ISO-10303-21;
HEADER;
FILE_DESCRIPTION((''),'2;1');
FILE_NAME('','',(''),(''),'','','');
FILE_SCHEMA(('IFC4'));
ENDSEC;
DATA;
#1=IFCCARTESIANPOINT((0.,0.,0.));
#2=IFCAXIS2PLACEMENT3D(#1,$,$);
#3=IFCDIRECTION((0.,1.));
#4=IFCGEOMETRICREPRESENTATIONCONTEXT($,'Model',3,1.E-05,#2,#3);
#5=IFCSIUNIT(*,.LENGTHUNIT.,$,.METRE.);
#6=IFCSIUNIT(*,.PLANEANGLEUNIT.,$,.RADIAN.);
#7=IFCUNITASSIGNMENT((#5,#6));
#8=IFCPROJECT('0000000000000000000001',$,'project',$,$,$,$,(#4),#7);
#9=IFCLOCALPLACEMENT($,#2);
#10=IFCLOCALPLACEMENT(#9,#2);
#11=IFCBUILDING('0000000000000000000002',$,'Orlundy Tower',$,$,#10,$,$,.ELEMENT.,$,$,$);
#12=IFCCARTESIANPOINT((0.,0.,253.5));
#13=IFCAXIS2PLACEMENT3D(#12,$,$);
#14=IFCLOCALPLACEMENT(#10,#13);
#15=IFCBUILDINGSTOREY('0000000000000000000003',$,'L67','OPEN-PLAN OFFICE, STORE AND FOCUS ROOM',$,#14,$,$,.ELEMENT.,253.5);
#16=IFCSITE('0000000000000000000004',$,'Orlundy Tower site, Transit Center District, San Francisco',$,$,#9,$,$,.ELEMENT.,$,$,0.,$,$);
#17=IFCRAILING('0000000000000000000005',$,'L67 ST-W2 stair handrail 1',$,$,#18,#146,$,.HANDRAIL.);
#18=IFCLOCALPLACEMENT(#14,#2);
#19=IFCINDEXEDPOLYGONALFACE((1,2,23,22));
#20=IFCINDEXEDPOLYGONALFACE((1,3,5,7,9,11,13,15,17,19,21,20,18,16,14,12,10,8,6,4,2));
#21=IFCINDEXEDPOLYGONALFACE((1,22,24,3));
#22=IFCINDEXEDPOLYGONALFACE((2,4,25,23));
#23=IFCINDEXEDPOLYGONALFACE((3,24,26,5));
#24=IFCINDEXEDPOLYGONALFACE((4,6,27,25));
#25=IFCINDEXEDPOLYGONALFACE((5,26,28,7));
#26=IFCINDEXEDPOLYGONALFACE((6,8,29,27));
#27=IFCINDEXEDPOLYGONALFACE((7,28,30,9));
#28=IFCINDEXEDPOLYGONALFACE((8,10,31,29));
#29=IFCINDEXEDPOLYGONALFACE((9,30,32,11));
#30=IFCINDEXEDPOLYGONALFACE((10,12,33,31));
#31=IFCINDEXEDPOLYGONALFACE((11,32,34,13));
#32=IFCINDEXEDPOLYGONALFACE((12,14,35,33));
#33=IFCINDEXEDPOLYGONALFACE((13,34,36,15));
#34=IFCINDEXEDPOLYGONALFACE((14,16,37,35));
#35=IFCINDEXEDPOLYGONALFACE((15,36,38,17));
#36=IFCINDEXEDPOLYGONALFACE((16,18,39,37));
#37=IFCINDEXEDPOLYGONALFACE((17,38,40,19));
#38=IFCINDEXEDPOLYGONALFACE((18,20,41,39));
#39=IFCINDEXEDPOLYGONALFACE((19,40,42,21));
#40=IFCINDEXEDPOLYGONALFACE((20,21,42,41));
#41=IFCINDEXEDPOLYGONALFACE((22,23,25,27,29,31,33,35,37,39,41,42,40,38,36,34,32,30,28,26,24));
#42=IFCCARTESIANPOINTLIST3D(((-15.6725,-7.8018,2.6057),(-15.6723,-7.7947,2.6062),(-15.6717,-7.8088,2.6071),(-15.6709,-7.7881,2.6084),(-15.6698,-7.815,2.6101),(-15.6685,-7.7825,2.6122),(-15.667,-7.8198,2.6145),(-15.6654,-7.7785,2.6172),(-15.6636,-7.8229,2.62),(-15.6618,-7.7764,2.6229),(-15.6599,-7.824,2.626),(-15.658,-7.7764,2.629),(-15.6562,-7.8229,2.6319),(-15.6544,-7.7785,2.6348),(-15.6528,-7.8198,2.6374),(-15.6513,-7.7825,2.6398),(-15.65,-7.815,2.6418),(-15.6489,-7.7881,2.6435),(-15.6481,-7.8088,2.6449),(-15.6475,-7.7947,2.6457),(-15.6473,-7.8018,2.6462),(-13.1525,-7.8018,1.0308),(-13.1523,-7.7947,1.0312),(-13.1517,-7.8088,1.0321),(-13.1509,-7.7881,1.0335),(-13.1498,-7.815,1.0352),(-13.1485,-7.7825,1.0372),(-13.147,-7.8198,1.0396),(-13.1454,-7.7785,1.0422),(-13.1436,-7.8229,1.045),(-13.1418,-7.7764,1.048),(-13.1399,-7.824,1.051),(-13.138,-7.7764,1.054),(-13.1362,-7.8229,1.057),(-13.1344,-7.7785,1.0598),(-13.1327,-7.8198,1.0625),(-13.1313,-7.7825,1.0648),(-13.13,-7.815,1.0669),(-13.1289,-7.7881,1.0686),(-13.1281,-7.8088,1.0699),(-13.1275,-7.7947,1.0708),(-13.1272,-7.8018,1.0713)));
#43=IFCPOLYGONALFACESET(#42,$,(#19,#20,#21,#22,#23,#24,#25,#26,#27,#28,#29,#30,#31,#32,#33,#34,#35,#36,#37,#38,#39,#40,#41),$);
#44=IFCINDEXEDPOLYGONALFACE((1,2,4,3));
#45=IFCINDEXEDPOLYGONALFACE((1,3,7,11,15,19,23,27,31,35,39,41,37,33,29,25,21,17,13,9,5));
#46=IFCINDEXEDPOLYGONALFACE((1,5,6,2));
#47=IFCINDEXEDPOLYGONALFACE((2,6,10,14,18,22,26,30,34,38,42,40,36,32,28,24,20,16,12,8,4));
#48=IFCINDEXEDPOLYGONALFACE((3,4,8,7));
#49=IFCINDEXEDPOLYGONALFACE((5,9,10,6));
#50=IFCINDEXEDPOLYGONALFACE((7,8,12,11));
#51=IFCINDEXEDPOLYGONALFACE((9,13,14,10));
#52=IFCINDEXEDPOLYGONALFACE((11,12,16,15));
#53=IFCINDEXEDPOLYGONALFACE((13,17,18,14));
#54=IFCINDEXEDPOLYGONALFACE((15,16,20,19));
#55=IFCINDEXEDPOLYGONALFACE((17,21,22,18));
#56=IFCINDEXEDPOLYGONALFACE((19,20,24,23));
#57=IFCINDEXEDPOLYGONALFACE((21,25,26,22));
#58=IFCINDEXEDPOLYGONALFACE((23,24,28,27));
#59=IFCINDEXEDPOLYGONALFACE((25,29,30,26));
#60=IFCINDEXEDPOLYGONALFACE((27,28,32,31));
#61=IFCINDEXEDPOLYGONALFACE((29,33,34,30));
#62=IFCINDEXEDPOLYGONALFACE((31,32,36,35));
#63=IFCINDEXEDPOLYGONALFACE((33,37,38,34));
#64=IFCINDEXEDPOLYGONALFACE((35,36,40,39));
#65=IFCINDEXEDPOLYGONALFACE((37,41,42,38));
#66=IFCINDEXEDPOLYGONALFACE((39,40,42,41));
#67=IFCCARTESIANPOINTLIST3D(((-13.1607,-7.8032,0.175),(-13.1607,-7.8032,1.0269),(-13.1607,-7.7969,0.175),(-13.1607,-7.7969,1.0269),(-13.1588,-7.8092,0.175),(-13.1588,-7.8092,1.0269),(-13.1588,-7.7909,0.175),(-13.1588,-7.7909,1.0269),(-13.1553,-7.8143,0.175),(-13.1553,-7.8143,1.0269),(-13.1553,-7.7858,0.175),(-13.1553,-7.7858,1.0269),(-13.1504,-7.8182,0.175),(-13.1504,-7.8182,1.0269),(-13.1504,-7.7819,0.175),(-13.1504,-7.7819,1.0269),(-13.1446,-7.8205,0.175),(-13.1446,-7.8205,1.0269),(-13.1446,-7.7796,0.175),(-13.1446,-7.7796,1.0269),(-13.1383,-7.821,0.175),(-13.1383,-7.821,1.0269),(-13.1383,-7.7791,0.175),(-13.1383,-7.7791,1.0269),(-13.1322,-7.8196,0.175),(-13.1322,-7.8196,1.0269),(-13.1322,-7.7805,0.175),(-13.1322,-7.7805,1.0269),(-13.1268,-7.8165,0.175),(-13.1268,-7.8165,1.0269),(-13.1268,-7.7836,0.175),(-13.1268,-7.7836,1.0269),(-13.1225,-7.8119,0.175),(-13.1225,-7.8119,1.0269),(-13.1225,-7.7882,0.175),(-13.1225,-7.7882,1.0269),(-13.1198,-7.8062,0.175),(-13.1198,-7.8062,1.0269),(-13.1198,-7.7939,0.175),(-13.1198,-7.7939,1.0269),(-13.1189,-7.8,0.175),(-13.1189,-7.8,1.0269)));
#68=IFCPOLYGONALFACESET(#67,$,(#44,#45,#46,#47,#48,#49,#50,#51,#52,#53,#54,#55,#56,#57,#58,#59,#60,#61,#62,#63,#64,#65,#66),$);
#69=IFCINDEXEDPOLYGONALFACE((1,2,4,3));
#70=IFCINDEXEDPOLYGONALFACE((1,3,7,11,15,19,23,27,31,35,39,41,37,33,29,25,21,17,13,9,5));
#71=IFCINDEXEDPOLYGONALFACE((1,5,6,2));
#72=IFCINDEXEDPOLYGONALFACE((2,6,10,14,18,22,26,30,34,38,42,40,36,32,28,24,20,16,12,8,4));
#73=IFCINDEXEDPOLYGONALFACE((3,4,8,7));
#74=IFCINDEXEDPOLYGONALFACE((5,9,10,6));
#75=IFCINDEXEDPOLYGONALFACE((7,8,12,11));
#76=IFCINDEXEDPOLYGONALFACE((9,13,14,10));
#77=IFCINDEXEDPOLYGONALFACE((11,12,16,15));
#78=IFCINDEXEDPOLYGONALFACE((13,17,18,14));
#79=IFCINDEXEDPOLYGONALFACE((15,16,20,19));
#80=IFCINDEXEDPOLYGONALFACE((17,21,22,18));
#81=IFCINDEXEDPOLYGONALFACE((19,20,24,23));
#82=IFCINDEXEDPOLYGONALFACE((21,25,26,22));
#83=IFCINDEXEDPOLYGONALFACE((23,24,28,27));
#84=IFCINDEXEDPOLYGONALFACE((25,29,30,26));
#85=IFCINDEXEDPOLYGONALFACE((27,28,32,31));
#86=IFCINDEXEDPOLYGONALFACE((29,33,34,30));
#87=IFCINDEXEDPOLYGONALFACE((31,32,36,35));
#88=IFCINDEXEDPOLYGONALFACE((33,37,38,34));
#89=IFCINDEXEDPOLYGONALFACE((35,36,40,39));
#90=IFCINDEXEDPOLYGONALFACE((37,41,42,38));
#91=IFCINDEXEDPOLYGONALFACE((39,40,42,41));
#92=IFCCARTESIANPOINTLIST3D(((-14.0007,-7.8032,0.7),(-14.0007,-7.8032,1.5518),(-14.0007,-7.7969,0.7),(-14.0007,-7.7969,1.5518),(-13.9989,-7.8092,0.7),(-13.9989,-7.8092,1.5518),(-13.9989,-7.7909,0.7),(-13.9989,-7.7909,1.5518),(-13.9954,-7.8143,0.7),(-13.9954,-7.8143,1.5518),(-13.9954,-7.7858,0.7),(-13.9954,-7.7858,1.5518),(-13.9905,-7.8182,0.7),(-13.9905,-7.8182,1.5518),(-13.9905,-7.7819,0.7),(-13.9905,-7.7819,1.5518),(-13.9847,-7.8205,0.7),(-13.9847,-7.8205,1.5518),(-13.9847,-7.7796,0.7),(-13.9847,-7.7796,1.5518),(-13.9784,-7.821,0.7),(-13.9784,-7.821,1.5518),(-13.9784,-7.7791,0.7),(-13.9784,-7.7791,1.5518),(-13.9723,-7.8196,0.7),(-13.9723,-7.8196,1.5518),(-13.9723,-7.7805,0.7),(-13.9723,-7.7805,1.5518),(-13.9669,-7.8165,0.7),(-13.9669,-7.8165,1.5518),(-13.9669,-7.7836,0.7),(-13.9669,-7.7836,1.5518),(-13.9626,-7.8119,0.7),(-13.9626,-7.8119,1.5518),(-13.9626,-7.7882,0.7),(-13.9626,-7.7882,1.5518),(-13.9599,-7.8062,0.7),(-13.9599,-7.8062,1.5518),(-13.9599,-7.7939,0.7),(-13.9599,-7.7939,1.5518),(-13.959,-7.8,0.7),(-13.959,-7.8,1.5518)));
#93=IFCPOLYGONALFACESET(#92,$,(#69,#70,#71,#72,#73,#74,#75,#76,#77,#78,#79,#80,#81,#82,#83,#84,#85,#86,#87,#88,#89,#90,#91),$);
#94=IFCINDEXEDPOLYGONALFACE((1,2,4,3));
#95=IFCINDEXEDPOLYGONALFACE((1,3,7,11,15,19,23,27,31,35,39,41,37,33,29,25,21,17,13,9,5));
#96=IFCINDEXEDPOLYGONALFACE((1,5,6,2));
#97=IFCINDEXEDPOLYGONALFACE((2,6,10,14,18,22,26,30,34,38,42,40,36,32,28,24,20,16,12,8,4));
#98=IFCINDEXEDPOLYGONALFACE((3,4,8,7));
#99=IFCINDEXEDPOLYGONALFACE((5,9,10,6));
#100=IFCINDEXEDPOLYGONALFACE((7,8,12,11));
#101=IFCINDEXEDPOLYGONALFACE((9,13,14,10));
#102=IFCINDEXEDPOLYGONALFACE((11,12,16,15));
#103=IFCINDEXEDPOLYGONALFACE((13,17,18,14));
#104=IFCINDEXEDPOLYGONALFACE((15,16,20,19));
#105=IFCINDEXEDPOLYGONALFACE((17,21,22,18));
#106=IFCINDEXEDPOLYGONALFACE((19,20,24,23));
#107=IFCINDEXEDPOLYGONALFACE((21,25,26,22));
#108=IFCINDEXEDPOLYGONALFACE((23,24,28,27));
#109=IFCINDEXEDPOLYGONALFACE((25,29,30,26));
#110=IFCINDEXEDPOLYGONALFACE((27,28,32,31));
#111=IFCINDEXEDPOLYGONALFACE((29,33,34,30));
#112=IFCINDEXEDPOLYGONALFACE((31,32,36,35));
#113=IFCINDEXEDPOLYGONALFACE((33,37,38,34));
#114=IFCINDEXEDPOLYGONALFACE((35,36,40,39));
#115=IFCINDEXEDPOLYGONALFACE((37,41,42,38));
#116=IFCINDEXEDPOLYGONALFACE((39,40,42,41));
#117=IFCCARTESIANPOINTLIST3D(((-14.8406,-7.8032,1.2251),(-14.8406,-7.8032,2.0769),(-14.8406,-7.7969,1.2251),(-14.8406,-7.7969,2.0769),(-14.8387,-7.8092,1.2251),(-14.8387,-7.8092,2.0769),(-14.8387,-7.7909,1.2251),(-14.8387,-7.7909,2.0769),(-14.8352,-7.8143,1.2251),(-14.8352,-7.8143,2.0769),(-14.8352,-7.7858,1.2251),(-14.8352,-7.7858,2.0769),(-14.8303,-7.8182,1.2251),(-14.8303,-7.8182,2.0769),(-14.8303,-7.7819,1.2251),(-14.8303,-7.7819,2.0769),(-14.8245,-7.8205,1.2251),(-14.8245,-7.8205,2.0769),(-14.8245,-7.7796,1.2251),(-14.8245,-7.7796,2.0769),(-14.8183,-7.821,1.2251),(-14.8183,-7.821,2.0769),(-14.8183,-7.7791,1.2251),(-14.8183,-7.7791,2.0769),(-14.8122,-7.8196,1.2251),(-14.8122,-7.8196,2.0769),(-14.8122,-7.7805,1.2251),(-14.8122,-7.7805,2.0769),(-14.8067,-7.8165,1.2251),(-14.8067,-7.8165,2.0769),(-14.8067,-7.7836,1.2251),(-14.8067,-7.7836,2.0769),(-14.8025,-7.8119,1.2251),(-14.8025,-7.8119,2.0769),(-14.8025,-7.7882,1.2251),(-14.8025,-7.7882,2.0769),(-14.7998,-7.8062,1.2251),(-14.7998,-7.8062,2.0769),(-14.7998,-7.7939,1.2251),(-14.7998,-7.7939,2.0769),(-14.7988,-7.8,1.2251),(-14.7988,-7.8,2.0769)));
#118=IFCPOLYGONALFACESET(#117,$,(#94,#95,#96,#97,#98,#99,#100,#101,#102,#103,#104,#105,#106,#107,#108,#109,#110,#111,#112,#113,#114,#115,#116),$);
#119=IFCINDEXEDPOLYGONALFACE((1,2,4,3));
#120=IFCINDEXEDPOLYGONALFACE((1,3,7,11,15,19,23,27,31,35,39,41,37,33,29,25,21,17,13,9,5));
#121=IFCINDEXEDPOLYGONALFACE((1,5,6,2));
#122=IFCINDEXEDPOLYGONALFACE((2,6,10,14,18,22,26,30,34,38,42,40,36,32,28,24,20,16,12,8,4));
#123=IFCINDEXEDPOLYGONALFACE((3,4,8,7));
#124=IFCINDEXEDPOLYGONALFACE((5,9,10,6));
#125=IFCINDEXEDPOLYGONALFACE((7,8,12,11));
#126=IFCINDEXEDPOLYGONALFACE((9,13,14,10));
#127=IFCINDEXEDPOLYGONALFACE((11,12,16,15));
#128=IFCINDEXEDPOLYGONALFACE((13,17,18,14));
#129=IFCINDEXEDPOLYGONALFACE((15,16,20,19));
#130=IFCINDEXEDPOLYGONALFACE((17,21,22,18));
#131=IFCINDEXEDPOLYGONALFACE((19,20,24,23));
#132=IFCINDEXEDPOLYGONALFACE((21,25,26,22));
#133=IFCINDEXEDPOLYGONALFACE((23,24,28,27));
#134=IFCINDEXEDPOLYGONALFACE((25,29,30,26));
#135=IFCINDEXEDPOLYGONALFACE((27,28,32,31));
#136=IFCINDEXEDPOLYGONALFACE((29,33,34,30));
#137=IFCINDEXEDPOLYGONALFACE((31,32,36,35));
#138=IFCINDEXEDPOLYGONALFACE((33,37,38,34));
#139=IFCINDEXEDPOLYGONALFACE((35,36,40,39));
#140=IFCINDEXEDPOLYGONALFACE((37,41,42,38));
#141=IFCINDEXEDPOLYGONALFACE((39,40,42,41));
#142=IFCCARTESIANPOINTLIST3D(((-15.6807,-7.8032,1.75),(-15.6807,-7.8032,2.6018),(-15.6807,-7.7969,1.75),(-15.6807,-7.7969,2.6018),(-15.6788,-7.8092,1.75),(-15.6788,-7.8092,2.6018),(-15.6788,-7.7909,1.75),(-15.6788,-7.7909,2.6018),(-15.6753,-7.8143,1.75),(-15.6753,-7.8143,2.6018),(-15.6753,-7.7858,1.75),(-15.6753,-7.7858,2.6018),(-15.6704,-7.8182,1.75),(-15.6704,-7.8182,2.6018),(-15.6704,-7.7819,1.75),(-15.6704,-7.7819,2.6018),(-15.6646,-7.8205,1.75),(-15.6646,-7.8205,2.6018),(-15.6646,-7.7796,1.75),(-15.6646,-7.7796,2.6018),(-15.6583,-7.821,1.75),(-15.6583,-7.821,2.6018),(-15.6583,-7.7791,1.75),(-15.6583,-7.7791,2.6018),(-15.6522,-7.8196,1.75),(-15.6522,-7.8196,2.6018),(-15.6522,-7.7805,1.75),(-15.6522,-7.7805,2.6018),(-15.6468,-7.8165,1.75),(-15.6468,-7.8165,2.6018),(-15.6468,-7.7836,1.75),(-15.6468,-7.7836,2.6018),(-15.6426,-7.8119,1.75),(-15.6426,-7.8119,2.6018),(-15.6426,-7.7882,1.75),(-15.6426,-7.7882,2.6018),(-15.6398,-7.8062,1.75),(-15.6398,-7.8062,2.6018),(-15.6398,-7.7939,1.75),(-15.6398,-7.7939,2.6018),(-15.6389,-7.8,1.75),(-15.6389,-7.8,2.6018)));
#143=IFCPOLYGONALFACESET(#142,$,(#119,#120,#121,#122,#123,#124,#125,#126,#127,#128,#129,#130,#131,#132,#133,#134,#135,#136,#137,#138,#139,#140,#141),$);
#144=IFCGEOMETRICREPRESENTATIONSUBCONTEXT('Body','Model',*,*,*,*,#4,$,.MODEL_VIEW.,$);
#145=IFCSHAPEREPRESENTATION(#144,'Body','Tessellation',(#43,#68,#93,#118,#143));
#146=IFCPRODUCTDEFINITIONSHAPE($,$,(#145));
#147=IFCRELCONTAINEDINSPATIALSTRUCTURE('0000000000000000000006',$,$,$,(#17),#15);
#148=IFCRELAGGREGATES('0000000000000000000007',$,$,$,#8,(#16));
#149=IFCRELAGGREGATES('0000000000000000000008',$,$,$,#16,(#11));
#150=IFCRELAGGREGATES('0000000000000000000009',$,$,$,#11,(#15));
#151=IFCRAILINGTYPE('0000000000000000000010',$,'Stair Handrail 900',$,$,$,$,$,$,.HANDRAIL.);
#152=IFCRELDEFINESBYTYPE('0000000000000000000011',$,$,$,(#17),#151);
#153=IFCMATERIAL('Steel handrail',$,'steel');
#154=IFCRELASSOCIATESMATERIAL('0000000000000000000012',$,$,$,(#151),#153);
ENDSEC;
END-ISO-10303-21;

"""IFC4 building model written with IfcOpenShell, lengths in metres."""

from ifc_helpers import new_model, si_unit, direction, frame, origin, origin_2d, place, context, subcontext, project, spatial, circle, extrude, material, type_object, element, save


model = new_model("IFC4")

# Units and contexts
model_context = context("Model", 3, precision=1e-05, world=origin(), true_north=direction((0.0, 1.0)))
body_context = subcontext(model_context, "Body", "Model", "MODEL_VIEW")
ifc_project = project(units=[si_unit("LENGTHUNIT", "METRE"), si_unit("PLANEANGLEUNIT", "RADIAN")], contexts=[model_context])

# Site, building, storey
site_placement = place(None, origin())
site = spatial("IfcSite", under=ifc_project, at=site_placement, Name="Orlundy Tower site, Transit Center District, San Francisco", CompositionType="ELEMENT", RefElevation=0.0)
building_placement = place(site_placement, origin())
building = spatial("IfcBuilding", under=site, at=building_placement, Name="Orlundy Tower", CompositionType="ELEMENT")
storey_placement = place(building_placement, frame((0.0, 0.0, 253.5)))
storey = spatial("IfcBuildingStorey", under=building, at=storey_placement, Name="L67", Description="OPEN-PLAN OFFICE, STORE AND FOCUS ROOM", CompositionType="ELEMENT", Elevation=253.5)

# Railing
ifc_material_1 = material(Name="Steel handrail", Category="steel")
railing_type_1 = type_object("IfcRailingType", Name="Stair Handrail 900", PredefinedType="HANDRAIL", material=ifc_material_1)
railing_1_placement = place(storey_placement, frame((-13.1399, -7.8, 0.175)))
element("IfcRailing", 1, at=railing_1_placement, inside=storey, type_object=railing_type_1, Name="L67 ST-W2 stair handrail 1", PredefinedType="HANDRAIL", context=body_context, shape_type="SweptSolid", body=[
    extrude(circle(Radius=0.0239, at=origin_2d()), frame((0.0, 0.0, 0.876), z_axis=(-0.848008, 0.0, 0.529984), x_axis=(0.0, -1.0, 0.0)), (0.0, 0.0, 1.0), 2.9717),
    extrude(circle(Radius=0.021, at=origin_2d()), origin(), (0.0, 0.0, 1.0), 0.8518),
    extrude(circle(Radius=0.021, at=origin_2d()), frame((-0.8401, 0.0, 0.5249)), (0.0, 0.0, 1.0), 0.8518),
    extrude(circle(Radius=0.021, at=origin_2d()), frame((-1.6799, 0.0, 1.05)), (0.0, 0.0, 1.0), 0.8518),
    extrude(circle(Radius=0.021, at=origin_2d()), frame((-2.52, 0.0, 1.575)), (0.0, 0.0, 1.0), 0.8518),
])

save(model, "model.ifc")
